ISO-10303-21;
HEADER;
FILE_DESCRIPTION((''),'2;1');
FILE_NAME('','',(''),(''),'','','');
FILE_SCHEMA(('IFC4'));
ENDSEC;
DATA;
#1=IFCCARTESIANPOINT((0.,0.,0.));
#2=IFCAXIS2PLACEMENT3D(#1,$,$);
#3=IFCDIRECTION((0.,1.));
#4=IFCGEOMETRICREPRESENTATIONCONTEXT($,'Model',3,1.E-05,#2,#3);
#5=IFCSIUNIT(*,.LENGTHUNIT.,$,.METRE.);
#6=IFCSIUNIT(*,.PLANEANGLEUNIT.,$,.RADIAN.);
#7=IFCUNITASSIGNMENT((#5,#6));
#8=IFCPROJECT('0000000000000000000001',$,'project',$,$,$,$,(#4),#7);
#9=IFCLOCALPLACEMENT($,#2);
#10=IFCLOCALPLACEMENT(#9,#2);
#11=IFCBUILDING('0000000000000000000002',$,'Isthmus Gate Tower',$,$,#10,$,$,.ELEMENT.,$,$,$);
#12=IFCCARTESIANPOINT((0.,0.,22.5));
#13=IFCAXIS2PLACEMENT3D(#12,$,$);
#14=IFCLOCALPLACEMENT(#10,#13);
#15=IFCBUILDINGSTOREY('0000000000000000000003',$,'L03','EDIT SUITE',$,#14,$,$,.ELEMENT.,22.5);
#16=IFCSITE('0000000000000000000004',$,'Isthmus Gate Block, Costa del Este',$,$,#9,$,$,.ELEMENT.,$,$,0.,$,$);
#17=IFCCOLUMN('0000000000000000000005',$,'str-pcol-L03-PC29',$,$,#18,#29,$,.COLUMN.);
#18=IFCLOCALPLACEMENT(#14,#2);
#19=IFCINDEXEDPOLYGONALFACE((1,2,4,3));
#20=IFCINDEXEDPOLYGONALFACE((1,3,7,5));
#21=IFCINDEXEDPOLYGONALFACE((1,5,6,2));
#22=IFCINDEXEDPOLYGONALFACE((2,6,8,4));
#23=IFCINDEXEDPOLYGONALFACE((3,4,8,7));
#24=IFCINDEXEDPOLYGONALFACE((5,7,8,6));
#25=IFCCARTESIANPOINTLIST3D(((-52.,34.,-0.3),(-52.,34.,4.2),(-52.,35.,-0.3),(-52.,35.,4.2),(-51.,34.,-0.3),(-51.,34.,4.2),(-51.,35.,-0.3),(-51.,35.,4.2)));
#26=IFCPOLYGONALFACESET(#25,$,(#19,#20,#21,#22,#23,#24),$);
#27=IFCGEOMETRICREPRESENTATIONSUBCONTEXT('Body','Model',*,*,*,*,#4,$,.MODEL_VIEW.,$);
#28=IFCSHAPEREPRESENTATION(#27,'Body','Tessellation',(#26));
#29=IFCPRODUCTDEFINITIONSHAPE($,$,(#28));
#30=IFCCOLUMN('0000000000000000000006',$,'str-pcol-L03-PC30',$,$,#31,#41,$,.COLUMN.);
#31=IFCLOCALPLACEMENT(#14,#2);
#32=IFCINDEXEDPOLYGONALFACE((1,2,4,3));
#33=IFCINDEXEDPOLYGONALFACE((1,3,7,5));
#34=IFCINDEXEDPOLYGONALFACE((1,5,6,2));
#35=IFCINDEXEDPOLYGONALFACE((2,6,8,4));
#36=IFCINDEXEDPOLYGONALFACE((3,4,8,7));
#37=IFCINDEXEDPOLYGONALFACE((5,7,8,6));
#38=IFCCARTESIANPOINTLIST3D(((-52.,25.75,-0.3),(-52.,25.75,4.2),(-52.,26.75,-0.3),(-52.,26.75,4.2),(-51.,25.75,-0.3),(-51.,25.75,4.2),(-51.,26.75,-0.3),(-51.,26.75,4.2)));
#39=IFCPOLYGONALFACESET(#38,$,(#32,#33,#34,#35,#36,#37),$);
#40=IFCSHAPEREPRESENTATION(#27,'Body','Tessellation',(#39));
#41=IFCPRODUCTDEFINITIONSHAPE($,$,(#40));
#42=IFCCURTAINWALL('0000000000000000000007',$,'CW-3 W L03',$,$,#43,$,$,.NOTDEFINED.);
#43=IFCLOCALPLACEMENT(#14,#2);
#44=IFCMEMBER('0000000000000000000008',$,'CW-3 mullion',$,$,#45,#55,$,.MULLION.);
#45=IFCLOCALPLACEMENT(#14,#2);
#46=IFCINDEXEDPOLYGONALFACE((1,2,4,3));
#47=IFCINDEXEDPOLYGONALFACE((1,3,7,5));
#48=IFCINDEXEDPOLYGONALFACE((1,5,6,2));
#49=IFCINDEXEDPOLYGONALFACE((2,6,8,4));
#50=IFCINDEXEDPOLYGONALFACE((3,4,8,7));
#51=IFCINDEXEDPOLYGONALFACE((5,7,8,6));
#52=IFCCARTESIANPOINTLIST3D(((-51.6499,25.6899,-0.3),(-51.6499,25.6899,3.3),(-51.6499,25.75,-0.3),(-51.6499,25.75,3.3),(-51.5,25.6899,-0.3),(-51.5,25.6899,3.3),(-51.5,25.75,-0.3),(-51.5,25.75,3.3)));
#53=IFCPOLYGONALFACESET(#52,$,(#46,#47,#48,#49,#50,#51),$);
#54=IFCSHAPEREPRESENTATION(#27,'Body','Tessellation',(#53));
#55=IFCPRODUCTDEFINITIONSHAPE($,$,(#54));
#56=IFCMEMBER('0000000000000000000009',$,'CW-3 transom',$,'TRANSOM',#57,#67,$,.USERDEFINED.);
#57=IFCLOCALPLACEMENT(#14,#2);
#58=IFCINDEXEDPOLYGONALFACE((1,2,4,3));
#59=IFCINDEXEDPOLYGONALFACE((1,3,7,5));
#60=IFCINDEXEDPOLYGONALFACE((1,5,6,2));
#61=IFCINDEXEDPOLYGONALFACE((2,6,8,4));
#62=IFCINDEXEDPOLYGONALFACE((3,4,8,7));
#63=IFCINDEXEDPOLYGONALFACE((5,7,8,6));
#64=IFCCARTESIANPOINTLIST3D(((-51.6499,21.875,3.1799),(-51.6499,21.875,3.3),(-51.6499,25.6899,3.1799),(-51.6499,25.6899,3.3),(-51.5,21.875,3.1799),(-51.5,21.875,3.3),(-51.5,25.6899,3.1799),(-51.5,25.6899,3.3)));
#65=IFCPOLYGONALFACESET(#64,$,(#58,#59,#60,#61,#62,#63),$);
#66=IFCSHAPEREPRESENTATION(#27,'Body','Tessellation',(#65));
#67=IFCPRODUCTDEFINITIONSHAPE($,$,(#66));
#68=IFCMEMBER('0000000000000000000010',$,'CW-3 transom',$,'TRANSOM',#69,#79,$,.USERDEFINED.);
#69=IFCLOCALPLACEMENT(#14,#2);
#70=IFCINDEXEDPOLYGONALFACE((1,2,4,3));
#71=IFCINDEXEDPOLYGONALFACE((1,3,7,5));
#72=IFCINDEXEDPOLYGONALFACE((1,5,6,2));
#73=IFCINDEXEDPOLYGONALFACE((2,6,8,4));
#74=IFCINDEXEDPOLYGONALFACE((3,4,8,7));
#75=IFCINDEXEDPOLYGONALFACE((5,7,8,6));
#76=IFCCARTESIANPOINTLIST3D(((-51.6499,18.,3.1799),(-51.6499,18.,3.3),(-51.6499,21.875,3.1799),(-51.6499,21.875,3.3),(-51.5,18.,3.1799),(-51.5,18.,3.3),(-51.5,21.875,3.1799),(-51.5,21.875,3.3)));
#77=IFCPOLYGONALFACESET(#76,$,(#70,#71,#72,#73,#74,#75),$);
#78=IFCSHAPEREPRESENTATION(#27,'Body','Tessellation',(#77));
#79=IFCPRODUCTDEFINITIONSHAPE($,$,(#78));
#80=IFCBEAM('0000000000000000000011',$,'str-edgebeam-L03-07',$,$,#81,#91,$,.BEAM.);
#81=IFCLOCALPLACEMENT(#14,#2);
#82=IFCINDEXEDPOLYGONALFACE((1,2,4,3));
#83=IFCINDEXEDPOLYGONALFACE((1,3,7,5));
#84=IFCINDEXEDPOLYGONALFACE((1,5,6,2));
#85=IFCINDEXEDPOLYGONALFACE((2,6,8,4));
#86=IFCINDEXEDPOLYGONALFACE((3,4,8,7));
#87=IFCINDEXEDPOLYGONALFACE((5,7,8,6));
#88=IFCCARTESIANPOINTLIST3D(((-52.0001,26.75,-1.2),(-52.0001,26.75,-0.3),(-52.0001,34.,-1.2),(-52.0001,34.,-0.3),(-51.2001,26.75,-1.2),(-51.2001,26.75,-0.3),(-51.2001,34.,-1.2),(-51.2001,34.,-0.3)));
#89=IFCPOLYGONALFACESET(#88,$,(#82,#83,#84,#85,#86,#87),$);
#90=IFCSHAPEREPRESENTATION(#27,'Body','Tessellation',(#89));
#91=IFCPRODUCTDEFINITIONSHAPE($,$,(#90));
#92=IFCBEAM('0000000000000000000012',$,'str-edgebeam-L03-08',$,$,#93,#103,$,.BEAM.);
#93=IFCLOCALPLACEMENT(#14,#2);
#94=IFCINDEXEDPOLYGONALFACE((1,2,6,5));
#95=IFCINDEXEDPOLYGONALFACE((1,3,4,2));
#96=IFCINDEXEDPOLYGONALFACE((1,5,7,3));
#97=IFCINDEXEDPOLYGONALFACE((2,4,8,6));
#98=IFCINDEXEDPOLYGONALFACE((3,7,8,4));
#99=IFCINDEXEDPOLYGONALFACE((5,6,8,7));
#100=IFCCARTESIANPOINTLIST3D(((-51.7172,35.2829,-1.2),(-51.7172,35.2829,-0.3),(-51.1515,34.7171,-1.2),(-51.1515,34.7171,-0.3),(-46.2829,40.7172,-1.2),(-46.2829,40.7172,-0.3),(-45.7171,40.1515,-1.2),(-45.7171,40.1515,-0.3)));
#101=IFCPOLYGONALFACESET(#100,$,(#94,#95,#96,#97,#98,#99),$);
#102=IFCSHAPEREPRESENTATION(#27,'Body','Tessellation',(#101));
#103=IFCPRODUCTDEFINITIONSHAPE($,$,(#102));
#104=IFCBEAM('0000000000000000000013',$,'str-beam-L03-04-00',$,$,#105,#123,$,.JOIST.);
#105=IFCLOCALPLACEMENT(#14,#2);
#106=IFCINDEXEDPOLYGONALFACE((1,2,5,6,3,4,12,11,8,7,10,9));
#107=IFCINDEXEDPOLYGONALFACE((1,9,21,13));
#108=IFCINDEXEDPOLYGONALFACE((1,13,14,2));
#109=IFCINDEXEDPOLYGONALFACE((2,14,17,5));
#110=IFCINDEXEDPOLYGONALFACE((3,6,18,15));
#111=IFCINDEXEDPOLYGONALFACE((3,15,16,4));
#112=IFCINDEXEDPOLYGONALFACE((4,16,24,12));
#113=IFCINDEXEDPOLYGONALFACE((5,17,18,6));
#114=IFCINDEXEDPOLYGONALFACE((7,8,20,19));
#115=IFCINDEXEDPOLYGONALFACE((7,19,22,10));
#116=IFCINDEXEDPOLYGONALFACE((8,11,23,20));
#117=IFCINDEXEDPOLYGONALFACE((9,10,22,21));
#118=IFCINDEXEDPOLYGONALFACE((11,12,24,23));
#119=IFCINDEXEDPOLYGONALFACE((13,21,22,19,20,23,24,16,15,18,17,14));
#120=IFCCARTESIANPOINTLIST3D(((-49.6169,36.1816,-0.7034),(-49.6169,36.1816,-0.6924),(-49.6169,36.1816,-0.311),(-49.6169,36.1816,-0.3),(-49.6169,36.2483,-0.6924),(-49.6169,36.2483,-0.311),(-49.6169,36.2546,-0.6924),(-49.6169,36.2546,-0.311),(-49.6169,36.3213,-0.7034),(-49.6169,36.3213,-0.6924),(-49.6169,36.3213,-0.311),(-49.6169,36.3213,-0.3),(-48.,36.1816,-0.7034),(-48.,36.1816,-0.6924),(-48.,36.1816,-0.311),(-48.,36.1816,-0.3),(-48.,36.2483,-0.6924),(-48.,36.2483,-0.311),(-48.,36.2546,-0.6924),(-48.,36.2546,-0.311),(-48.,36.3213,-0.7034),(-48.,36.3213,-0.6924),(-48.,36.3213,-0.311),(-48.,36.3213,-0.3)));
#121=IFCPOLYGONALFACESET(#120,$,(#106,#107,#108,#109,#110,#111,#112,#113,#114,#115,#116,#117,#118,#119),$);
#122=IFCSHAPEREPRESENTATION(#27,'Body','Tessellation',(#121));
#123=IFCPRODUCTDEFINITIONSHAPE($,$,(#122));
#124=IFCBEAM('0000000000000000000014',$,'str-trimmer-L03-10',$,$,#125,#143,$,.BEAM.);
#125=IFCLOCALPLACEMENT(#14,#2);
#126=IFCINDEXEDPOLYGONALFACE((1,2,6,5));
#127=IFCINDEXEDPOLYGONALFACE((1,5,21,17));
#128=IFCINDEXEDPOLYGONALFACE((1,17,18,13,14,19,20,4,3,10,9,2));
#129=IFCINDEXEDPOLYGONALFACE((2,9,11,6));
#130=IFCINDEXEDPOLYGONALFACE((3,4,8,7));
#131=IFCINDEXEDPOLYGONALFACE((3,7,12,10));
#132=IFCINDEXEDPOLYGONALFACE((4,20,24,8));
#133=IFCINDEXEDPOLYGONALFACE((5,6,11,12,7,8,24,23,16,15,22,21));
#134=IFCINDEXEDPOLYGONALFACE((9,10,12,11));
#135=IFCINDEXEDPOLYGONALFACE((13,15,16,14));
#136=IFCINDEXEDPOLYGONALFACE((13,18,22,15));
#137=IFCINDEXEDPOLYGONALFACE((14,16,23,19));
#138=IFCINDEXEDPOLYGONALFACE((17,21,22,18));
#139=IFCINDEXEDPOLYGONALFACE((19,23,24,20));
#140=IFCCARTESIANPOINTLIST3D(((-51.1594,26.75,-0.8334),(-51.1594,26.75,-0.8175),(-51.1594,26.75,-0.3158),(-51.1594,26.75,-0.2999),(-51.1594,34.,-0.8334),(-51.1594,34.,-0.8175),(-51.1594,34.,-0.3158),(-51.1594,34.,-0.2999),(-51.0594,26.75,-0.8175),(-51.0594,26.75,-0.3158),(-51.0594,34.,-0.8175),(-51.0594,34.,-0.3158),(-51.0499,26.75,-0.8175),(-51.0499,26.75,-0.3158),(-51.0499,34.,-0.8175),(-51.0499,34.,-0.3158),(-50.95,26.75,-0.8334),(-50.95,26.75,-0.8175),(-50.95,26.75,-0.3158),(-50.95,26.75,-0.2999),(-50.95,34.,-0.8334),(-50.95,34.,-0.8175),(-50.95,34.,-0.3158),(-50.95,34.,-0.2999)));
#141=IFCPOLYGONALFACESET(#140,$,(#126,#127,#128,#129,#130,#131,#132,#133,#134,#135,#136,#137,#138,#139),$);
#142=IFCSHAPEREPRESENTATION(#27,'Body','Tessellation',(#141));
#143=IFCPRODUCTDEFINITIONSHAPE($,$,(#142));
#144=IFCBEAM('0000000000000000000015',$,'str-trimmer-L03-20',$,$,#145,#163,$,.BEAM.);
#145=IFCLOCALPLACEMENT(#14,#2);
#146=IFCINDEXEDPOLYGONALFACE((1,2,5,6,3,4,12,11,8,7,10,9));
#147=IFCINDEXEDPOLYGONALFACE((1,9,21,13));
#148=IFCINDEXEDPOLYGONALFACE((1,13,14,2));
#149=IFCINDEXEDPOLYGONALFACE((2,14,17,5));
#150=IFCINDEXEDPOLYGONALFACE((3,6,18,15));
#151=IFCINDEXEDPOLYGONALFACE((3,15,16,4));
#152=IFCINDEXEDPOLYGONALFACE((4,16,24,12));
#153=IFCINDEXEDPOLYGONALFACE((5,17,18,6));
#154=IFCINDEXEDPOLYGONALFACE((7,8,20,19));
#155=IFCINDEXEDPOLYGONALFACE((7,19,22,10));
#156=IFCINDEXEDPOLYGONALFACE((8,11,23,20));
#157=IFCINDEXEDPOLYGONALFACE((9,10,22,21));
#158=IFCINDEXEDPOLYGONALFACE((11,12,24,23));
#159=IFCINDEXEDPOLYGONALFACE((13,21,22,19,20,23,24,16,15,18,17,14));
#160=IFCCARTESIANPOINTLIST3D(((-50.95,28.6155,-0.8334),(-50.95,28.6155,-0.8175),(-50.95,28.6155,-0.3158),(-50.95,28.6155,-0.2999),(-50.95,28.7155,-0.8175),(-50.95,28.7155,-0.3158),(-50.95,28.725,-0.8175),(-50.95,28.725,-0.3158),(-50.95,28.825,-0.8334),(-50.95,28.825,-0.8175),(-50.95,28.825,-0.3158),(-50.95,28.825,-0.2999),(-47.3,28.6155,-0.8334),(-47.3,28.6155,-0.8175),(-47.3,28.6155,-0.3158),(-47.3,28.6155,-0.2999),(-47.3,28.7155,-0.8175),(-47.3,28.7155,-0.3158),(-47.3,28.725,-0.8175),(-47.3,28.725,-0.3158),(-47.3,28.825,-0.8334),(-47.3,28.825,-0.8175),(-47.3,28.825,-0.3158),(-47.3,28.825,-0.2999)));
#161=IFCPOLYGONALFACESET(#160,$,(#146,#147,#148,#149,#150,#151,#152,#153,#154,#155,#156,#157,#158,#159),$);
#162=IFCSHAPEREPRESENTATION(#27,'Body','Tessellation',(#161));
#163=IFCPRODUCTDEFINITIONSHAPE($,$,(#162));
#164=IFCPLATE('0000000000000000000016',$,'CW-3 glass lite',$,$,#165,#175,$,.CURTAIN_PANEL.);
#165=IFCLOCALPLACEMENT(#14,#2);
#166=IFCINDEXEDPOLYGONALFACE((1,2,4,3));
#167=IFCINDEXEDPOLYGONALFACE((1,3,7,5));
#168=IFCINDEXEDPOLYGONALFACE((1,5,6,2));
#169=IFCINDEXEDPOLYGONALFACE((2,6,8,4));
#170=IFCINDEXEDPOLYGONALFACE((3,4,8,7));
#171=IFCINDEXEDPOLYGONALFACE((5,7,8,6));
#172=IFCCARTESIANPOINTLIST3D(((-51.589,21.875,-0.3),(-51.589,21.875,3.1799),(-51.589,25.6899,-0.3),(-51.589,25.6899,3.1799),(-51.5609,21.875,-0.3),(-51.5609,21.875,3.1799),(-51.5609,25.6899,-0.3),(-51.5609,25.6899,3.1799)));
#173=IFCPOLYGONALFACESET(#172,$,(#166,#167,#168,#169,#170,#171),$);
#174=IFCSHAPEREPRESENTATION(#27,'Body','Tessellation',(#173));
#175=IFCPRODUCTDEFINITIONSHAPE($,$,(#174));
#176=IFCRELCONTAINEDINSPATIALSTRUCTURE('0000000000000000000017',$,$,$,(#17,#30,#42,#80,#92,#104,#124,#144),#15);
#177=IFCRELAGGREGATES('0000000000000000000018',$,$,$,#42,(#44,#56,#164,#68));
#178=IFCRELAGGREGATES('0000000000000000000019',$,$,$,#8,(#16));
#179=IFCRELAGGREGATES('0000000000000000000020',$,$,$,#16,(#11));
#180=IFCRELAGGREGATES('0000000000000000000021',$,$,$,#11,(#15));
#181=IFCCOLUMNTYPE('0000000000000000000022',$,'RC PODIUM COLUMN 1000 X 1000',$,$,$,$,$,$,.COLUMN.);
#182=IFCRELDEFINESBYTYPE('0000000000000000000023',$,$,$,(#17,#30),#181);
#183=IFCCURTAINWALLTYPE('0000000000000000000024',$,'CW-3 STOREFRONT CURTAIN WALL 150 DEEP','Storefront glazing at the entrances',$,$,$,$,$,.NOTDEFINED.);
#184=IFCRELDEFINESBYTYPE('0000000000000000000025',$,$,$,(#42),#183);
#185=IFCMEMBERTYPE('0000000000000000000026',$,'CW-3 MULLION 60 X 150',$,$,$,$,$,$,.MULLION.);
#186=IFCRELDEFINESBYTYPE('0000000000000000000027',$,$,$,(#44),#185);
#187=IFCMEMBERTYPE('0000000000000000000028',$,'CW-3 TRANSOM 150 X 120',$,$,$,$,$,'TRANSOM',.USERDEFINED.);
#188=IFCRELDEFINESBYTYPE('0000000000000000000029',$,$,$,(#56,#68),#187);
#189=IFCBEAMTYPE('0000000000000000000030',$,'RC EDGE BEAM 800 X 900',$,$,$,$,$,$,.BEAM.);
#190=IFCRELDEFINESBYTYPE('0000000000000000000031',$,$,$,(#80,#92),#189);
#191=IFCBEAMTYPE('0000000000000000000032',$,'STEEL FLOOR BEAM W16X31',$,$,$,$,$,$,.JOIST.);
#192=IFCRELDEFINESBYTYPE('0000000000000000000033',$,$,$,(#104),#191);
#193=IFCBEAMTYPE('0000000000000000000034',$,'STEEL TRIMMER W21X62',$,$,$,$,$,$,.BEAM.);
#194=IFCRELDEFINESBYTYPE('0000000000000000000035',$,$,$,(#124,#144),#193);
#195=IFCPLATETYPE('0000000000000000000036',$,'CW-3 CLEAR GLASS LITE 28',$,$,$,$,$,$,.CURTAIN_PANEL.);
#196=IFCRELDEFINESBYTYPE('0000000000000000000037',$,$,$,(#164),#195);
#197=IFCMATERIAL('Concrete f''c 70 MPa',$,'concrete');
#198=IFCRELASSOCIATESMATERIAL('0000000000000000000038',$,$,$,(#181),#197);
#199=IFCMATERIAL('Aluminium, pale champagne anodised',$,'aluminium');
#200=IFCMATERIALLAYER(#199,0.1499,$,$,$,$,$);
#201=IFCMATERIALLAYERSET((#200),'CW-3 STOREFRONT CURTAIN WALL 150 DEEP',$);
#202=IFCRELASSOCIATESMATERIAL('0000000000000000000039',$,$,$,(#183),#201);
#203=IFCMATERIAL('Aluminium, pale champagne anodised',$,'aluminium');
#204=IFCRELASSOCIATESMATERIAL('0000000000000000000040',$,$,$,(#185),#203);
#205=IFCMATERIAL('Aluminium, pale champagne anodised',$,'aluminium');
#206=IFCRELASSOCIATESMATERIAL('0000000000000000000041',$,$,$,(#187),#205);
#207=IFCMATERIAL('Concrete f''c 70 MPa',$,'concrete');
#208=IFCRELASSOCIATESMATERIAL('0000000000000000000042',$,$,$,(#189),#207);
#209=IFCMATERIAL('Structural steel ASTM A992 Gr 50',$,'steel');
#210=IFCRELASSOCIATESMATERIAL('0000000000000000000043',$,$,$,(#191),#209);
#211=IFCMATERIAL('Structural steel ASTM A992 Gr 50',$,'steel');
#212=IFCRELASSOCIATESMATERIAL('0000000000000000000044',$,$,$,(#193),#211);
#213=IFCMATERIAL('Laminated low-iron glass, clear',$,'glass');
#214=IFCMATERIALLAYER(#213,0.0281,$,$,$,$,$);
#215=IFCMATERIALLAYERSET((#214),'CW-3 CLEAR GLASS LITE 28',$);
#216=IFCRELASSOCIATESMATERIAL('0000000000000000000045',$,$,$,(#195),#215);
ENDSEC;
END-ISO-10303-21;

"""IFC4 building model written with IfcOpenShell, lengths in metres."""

from ifc_helpers import new_model, si_unit, direction, frame, origin, origin_2d, place, context, subcontext, project, spatial, rectangle, i_section, extrude, material, layer, layer_set, material_profile, profile_set, type_object, element, aggregate, save


model = new_model("IFC4")

# Units and contexts
model_context = context("Model", 3, precision=1e-05, world=origin(), true_north=direction((0.0, 1.0)))
body_context = subcontext(model_context, "Body", "Model", "MODEL_VIEW")
ifc_project = project(units=[si_unit("LENGTHUNIT", "METRE"), si_unit("PLANEANGLEUNIT", "RADIAN")], contexts=[model_context])

# Site, building, storey
site_placement = place(None, origin())
site = spatial("IfcSite", under=ifc_project, at=site_placement, Name="Isthmus Gate Block, Costa del Este", CompositionType="ELEMENT", RefElevation=0.0)
building_placement = place(site_placement, origin())
building = spatial("IfcBuilding", under=site, at=building_placement, Name="Isthmus Gate Tower", CompositionType="ELEMENT")
storey_placement = place(building_placement, frame((0.0, 0.0, 22.5)))
storey = spatial("IfcBuildingStorey", under=building, at=storey_placement, Name="L03", Description="EDIT SUITE", CompositionType="ELEMENT", Elevation=22.5)

# Columns
ifc_material_1 = material(Name="Concrete f'c 70 MPa", Category="concrete")
ifc_material_profile_1 = material_profile(ifc_material_1, rectangle(XDim=1.0, YDim=1.0, at=origin_2d()), Name="RC 1000X1000")
ifc_profile_set_1 = profile_set([ifc_material_profile_1], Name="Concrete f'c 70 MPa")
column_type = type_object("IfcColumnType", Name="RC PODIUM COLUMN 1000 X 1000", PredefinedType="COLUMN", material=ifc_profile_set_1)
for number, where, z_axis, x_axis, name in (
    (1, (-51.5, 34.5, -0.3), (0.0, 0.0, 1.0), (0.0, -1.0, 0.0), "str-pcol-L03-PC29"),
    (2, (-51.5, 26.25, -0.3), (0.0, 0.0, 1.0), (0.0, -1.0, 0.0), "str-pcol-L03-PC30"),
):
    element("IfcColumn", number, at=place(storey_placement, frame(where, z_axis=z_axis, x_axis=x_axis)), inside=storey, type_object=column_type, Name=name, PredefinedType="COLUMN", context=body_context, shape_type="SweptSolid", body=[
        extrude(rectangle(XDim=1.0, YDim=1.0, at=origin_2d()), origin(), (0.0, 0.0, 1.0), 4.5),
    ])

# Curtain wall, members
ifc_material_2 = material(Name="Aluminium, pale champagne anodised", Category="aluminium")
ifc_layer_1 = layer(ifc_material_2, 0.1499)
ifc_layer_set_1 = layer_set([ifc_layer_1], Name="CW-3 STOREFRONT CURTAIN WALL 150 DEEP")
curtain_wall_type = type_object("IfcCurtainWallType", Name="CW-3 STOREFRONT CURTAIN WALL 150 DEEP", Description="Storefront glazing at the entrances", PredefinedType="NOTDEFINED", material=ifc_layer_set_1)
curtain_wall_placement = place(storey_placement, origin())
curtain_wall = element("IfcCurtainWall", 3, at=curtain_wall_placement, inside=storey, type_object=curtain_wall_type, Name="CW-3 W L03", PredefinedType="NOTDEFINED")
ifc_material_3 = material(Name="Aluminium, pale champagne anodised", Category="aluminium")
ifc_material_profile_2 = material_profile(ifc_material_3, rectangle(XDim=0.0601, YDim=0.1499, at=origin_2d()), Name="60x150")
ifc_profile_set_2 = profile_set([ifc_material_profile_2], Name="Aluminium, pale champagne anodised")
member_type_1 = type_object("IfcMemberType", Name="CW-3 MULLION 60 X 150", PredefinedType="MULLION", material=ifc_profile_set_2)
member_1_placement = place(storey_placement, frame((-51.575, 25.72, -0.3), z_axis=(0.0, 0.0, 1.0), x_axis=(0.0, -1.0, 0.0)))
member_1 = element("IfcMember", 4, at=member_1_placement, type_object=member_type_1, Name="CW-3 mullion", PredefinedType="MULLION", context=body_context, shape_type="SweptSolid", body=[
    extrude(rectangle(XDim=0.0601, YDim=0.1499, at=origin_2d()), origin(), (0.0, 0.0, 1.0), 3.6001),
])
ifc_material_4 = material(Name="Aluminium, pale champagne anodised", Category="aluminium")
ifc_material_profile_3 = material_profile(ifc_material_4, rectangle(XDim=0.1499, YDim=0.1201, at=origin_2d()), Name="150x120")
ifc_profile_set_3 = profile_set([ifc_material_profile_3], Name="Aluminium, pale champagne anodised")
member_type_2 = type_object("IfcMemberType", Name="CW-3 TRANSOM 150 X 120", ElementType="TRANSOM", PredefinedType="USERDEFINED", material=ifc_profile_set_3)
member_2_placement = place(storey_placement, frame((-51.575, 25.6899, 3.24), z_axis=(0.0, -1.0, 0.0), x_axis=(1.0, 0.0, 0.0)))
member_2 = element("IfcMember", 5, at=member_2_placement, type_object=member_type_2, Name="CW-3 transom", ObjectType="TRANSOM", PredefinedType="USERDEFINED", context=body_context, shape_type="SweptSolid", body=[
    extrude(rectangle(XDim=0.1499, YDim=0.1201, at=origin_2d()), origin(), (0.0, 0.0, 1.0), 3.8149),
])
member_3_placement = place(storey_placement, frame((-51.575, 21.875, 3.24), z_axis=(0.0, -1.0, 0.0), x_axis=(1.0, 0.0, 0.0)))
member_3 = element("IfcMember", 6, at=member_3_placement, type_object=member_type_2, Name="CW-3 transom", ObjectType="TRANSOM", PredefinedType="USERDEFINED", context=body_context, shape_type="SweptSolid", body=[
    extrude(rectangle(XDim=0.1499, YDim=0.1201, at=origin_2d()), origin(), (0.0, 0.0, 1.0), 3.875),
])

# Beams
ifc_material_5 = material(Name="Concrete f'c 70 MPa", Category="concrete")
ifc_material_profile_4 = material_profile(ifc_material_5, rectangle(XDim=0.8, YDim=0.8999, at=origin_2d()), Name="RC 800X900")
ifc_profile_set_4 = profile_set([ifc_material_profile_4], Name="Concrete f'c 70 MPa")
beam_type_1 = type_object("IfcBeamType", Name="RC EDGE BEAM 800 X 900", PredefinedType="BEAM", material=ifc_profile_set_4)
beam_1_placement = place(storey_placement, frame((-51.6001, 26.75, -0.75), z_axis=(0.0, 1.0, 0.0), x_axis=(-1.0, 0.0, 0.0)))
element("IfcBeam", 7, at=beam_1_placement, inside=storey, type_object=beam_type_1, Name="str-edgebeam-L03-07", PredefinedType="BEAM", context=body_context, shape_type="SweptSolid", body=[
    extrude(rectangle(XDim=0.8, YDim=0.8999, at=origin_2d()), origin(), (0.0, 0.0, 1.0), 7.25),
])
beam_2_placement = place(storey_placement, frame((-51.4343, 35.0, -0.75), z_axis=(0.707107, 0.707107, 0.0), x_axis=(-0.707107, 0.707107, 0.0)))
element("IfcBeam", 8, at=beam_2_placement, inside=storey, type_object=beam_type_1, Name="str-edgebeam-L03-08", PredefinedType="BEAM", context=body_context, shape_type="SweptSolid", body=[
    extrude(rectangle(XDim=0.8, YDim=0.8999, at=origin_2d()), origin(), (0.0, 0.0, 1.0), 7.6853),
])
ifc_material_6 = material(Name="Structural steel ASTM A992 Gr 50", Category="steel")
ifc_material_profile_5 = material_profile(ifc_material_6, i_section(OverallWidth=0.1396, OverallDepth=0.4033, WebThickness=0.0063, FlangeThickness=0.011, at=origin_2d()), Name="W16X31")
ifc_profile_set_5 = profile_set([ifc_material_profile_5], Name="Structural steel ASTM A992 Gr 50")
beam_type_2 = type_object("IfcBeamType", Name="STEEL FLOOR BEAM W16X31", PredefinedType="JOIST", material=ifc_profile_set_5)
beam_3_placement = place(storey_placement, frame((-49.6169, 36.2515, -0.5017), z_axis=(1.0, 0.0, 0.0), x_axis=(0.0, 1.0, 0.0)))
element("IfcBeam", 9, at=beam_3_placement, inside=storey, type_object=beam_type_2, Name="str-beam-L03-04-00", PredefinedType="JOIST", context=body_context, shape_type="SweptSolid", body=[
    extrude(i_section(OverallWidth=0.1396, OverallDepth=0.4033, WebThickness=0.0063, FlangeThickness=0.011, at=origin_2d()), origin(), (0.0, 0.0, 1.0), 1.6169),
])
ifc_material_7 = material(Name="Structural steel ASTM A992 Gr 50", Category="steel")
ifc_material_profile_6 = material_profile(ifc_material_7, i_section(OverallWidth=0.2095, OverallDepth=0.5334, WebThickness=0.0095, FlangeThickness=0.0159, at=origin_2d()), Name="W21X62")
ifc_profile_set_6 = profile_set([ifc_material_profile_6], Name="Structural steel ASTM A992 Gr 50")
beam_type_3 = type_object("IfcBeamType", Name="STEEL TRIMMER W21X62", PredefinedType="BEAM", material=ifc_profile_set_6)
beam_4_placement = place(storey_placement, frame((-51.0547, 34.0, -0.5667), z_axis=(0.0, -1.0, 0.0), x_axis=(1.0, 0.0, 0.0)))
element("IfcBeam", 10, at=beam_4_placement, inside=storey, type_object=beam_type_3, Name="str-trimmer-L03-10", PredefinedType="BEAM", context=body_context, shape_type="SweptSolid", body=[
    extrude(i_section(OverallWidth=0.2095, OverallDepth=0.5334, WebThickness=0.0095, FlangeThickness=0.0159, at=origin_2d()), origin(), (0.0, 0.0, 1.0), 7.25),
])
beam_5_placement = place(storey_placement, frame((-50.95, 28.7202, -0.5667), z_axis=(1.0, 0.0, 0.0), x_axis=(0.0, 1.0, 0.0)))
element("IfcBeam", 11, at=beam_5_placement, inside=storey, type_object=beam_type_3, Name="str-trimmer-L03-20", PredefinedType="BEAM", context=body_context, shape_type="SweptSolid", body=[
    extrude(i_section(OverallWidth=0.2095, OverallDepth=0.5334, WebThickness=0.0095, FlangeThickness=0.0159, at=origin_2d()), origin(), (0.0, 0.0, 1.0), 3.6499),
])

# Plate
ifc_material_8 = material(Name="Laminated low-iron glass, clear", Category="glass")
ifc_layer_2 = layer(ifc_material_8, 0.0281)
ifc_layer_set_2 = layer_set([ifc_layer_2], Name="CW-3 CLEAR GLASS LITE 28")
plate_type = type_object("IfcPlateType", Name="CW-3 CLEAR GLASS LITE 28", PredefinedType="CURTAIN_PANEL", material=ifc_layer_set_2)
plate_placement = place(storey_placement, frame((-51.575, 23.7825, -0.3), z_axis=(0.0, 0.0, 1.0), x_axis=(0.0, -1.0, 0.0)))
plate = element("IfcPlate", 12, at=plate_placement, type_object=plate_type, Name="CW-3 glass lite", PredefinedType="CURTAIN_PANEL", context=body_context, shape_type="SweptSolid", body=[
    extrude(rectangle(XDim=3.8149, YDim=0.0281, at=origin_2d()), origin(), (0.0, 0.0, 1.0), 3.48),
])
aggregate(curtain_wall, [member_1, member_2, plate, member_3])

save(model, "model.ifc")
